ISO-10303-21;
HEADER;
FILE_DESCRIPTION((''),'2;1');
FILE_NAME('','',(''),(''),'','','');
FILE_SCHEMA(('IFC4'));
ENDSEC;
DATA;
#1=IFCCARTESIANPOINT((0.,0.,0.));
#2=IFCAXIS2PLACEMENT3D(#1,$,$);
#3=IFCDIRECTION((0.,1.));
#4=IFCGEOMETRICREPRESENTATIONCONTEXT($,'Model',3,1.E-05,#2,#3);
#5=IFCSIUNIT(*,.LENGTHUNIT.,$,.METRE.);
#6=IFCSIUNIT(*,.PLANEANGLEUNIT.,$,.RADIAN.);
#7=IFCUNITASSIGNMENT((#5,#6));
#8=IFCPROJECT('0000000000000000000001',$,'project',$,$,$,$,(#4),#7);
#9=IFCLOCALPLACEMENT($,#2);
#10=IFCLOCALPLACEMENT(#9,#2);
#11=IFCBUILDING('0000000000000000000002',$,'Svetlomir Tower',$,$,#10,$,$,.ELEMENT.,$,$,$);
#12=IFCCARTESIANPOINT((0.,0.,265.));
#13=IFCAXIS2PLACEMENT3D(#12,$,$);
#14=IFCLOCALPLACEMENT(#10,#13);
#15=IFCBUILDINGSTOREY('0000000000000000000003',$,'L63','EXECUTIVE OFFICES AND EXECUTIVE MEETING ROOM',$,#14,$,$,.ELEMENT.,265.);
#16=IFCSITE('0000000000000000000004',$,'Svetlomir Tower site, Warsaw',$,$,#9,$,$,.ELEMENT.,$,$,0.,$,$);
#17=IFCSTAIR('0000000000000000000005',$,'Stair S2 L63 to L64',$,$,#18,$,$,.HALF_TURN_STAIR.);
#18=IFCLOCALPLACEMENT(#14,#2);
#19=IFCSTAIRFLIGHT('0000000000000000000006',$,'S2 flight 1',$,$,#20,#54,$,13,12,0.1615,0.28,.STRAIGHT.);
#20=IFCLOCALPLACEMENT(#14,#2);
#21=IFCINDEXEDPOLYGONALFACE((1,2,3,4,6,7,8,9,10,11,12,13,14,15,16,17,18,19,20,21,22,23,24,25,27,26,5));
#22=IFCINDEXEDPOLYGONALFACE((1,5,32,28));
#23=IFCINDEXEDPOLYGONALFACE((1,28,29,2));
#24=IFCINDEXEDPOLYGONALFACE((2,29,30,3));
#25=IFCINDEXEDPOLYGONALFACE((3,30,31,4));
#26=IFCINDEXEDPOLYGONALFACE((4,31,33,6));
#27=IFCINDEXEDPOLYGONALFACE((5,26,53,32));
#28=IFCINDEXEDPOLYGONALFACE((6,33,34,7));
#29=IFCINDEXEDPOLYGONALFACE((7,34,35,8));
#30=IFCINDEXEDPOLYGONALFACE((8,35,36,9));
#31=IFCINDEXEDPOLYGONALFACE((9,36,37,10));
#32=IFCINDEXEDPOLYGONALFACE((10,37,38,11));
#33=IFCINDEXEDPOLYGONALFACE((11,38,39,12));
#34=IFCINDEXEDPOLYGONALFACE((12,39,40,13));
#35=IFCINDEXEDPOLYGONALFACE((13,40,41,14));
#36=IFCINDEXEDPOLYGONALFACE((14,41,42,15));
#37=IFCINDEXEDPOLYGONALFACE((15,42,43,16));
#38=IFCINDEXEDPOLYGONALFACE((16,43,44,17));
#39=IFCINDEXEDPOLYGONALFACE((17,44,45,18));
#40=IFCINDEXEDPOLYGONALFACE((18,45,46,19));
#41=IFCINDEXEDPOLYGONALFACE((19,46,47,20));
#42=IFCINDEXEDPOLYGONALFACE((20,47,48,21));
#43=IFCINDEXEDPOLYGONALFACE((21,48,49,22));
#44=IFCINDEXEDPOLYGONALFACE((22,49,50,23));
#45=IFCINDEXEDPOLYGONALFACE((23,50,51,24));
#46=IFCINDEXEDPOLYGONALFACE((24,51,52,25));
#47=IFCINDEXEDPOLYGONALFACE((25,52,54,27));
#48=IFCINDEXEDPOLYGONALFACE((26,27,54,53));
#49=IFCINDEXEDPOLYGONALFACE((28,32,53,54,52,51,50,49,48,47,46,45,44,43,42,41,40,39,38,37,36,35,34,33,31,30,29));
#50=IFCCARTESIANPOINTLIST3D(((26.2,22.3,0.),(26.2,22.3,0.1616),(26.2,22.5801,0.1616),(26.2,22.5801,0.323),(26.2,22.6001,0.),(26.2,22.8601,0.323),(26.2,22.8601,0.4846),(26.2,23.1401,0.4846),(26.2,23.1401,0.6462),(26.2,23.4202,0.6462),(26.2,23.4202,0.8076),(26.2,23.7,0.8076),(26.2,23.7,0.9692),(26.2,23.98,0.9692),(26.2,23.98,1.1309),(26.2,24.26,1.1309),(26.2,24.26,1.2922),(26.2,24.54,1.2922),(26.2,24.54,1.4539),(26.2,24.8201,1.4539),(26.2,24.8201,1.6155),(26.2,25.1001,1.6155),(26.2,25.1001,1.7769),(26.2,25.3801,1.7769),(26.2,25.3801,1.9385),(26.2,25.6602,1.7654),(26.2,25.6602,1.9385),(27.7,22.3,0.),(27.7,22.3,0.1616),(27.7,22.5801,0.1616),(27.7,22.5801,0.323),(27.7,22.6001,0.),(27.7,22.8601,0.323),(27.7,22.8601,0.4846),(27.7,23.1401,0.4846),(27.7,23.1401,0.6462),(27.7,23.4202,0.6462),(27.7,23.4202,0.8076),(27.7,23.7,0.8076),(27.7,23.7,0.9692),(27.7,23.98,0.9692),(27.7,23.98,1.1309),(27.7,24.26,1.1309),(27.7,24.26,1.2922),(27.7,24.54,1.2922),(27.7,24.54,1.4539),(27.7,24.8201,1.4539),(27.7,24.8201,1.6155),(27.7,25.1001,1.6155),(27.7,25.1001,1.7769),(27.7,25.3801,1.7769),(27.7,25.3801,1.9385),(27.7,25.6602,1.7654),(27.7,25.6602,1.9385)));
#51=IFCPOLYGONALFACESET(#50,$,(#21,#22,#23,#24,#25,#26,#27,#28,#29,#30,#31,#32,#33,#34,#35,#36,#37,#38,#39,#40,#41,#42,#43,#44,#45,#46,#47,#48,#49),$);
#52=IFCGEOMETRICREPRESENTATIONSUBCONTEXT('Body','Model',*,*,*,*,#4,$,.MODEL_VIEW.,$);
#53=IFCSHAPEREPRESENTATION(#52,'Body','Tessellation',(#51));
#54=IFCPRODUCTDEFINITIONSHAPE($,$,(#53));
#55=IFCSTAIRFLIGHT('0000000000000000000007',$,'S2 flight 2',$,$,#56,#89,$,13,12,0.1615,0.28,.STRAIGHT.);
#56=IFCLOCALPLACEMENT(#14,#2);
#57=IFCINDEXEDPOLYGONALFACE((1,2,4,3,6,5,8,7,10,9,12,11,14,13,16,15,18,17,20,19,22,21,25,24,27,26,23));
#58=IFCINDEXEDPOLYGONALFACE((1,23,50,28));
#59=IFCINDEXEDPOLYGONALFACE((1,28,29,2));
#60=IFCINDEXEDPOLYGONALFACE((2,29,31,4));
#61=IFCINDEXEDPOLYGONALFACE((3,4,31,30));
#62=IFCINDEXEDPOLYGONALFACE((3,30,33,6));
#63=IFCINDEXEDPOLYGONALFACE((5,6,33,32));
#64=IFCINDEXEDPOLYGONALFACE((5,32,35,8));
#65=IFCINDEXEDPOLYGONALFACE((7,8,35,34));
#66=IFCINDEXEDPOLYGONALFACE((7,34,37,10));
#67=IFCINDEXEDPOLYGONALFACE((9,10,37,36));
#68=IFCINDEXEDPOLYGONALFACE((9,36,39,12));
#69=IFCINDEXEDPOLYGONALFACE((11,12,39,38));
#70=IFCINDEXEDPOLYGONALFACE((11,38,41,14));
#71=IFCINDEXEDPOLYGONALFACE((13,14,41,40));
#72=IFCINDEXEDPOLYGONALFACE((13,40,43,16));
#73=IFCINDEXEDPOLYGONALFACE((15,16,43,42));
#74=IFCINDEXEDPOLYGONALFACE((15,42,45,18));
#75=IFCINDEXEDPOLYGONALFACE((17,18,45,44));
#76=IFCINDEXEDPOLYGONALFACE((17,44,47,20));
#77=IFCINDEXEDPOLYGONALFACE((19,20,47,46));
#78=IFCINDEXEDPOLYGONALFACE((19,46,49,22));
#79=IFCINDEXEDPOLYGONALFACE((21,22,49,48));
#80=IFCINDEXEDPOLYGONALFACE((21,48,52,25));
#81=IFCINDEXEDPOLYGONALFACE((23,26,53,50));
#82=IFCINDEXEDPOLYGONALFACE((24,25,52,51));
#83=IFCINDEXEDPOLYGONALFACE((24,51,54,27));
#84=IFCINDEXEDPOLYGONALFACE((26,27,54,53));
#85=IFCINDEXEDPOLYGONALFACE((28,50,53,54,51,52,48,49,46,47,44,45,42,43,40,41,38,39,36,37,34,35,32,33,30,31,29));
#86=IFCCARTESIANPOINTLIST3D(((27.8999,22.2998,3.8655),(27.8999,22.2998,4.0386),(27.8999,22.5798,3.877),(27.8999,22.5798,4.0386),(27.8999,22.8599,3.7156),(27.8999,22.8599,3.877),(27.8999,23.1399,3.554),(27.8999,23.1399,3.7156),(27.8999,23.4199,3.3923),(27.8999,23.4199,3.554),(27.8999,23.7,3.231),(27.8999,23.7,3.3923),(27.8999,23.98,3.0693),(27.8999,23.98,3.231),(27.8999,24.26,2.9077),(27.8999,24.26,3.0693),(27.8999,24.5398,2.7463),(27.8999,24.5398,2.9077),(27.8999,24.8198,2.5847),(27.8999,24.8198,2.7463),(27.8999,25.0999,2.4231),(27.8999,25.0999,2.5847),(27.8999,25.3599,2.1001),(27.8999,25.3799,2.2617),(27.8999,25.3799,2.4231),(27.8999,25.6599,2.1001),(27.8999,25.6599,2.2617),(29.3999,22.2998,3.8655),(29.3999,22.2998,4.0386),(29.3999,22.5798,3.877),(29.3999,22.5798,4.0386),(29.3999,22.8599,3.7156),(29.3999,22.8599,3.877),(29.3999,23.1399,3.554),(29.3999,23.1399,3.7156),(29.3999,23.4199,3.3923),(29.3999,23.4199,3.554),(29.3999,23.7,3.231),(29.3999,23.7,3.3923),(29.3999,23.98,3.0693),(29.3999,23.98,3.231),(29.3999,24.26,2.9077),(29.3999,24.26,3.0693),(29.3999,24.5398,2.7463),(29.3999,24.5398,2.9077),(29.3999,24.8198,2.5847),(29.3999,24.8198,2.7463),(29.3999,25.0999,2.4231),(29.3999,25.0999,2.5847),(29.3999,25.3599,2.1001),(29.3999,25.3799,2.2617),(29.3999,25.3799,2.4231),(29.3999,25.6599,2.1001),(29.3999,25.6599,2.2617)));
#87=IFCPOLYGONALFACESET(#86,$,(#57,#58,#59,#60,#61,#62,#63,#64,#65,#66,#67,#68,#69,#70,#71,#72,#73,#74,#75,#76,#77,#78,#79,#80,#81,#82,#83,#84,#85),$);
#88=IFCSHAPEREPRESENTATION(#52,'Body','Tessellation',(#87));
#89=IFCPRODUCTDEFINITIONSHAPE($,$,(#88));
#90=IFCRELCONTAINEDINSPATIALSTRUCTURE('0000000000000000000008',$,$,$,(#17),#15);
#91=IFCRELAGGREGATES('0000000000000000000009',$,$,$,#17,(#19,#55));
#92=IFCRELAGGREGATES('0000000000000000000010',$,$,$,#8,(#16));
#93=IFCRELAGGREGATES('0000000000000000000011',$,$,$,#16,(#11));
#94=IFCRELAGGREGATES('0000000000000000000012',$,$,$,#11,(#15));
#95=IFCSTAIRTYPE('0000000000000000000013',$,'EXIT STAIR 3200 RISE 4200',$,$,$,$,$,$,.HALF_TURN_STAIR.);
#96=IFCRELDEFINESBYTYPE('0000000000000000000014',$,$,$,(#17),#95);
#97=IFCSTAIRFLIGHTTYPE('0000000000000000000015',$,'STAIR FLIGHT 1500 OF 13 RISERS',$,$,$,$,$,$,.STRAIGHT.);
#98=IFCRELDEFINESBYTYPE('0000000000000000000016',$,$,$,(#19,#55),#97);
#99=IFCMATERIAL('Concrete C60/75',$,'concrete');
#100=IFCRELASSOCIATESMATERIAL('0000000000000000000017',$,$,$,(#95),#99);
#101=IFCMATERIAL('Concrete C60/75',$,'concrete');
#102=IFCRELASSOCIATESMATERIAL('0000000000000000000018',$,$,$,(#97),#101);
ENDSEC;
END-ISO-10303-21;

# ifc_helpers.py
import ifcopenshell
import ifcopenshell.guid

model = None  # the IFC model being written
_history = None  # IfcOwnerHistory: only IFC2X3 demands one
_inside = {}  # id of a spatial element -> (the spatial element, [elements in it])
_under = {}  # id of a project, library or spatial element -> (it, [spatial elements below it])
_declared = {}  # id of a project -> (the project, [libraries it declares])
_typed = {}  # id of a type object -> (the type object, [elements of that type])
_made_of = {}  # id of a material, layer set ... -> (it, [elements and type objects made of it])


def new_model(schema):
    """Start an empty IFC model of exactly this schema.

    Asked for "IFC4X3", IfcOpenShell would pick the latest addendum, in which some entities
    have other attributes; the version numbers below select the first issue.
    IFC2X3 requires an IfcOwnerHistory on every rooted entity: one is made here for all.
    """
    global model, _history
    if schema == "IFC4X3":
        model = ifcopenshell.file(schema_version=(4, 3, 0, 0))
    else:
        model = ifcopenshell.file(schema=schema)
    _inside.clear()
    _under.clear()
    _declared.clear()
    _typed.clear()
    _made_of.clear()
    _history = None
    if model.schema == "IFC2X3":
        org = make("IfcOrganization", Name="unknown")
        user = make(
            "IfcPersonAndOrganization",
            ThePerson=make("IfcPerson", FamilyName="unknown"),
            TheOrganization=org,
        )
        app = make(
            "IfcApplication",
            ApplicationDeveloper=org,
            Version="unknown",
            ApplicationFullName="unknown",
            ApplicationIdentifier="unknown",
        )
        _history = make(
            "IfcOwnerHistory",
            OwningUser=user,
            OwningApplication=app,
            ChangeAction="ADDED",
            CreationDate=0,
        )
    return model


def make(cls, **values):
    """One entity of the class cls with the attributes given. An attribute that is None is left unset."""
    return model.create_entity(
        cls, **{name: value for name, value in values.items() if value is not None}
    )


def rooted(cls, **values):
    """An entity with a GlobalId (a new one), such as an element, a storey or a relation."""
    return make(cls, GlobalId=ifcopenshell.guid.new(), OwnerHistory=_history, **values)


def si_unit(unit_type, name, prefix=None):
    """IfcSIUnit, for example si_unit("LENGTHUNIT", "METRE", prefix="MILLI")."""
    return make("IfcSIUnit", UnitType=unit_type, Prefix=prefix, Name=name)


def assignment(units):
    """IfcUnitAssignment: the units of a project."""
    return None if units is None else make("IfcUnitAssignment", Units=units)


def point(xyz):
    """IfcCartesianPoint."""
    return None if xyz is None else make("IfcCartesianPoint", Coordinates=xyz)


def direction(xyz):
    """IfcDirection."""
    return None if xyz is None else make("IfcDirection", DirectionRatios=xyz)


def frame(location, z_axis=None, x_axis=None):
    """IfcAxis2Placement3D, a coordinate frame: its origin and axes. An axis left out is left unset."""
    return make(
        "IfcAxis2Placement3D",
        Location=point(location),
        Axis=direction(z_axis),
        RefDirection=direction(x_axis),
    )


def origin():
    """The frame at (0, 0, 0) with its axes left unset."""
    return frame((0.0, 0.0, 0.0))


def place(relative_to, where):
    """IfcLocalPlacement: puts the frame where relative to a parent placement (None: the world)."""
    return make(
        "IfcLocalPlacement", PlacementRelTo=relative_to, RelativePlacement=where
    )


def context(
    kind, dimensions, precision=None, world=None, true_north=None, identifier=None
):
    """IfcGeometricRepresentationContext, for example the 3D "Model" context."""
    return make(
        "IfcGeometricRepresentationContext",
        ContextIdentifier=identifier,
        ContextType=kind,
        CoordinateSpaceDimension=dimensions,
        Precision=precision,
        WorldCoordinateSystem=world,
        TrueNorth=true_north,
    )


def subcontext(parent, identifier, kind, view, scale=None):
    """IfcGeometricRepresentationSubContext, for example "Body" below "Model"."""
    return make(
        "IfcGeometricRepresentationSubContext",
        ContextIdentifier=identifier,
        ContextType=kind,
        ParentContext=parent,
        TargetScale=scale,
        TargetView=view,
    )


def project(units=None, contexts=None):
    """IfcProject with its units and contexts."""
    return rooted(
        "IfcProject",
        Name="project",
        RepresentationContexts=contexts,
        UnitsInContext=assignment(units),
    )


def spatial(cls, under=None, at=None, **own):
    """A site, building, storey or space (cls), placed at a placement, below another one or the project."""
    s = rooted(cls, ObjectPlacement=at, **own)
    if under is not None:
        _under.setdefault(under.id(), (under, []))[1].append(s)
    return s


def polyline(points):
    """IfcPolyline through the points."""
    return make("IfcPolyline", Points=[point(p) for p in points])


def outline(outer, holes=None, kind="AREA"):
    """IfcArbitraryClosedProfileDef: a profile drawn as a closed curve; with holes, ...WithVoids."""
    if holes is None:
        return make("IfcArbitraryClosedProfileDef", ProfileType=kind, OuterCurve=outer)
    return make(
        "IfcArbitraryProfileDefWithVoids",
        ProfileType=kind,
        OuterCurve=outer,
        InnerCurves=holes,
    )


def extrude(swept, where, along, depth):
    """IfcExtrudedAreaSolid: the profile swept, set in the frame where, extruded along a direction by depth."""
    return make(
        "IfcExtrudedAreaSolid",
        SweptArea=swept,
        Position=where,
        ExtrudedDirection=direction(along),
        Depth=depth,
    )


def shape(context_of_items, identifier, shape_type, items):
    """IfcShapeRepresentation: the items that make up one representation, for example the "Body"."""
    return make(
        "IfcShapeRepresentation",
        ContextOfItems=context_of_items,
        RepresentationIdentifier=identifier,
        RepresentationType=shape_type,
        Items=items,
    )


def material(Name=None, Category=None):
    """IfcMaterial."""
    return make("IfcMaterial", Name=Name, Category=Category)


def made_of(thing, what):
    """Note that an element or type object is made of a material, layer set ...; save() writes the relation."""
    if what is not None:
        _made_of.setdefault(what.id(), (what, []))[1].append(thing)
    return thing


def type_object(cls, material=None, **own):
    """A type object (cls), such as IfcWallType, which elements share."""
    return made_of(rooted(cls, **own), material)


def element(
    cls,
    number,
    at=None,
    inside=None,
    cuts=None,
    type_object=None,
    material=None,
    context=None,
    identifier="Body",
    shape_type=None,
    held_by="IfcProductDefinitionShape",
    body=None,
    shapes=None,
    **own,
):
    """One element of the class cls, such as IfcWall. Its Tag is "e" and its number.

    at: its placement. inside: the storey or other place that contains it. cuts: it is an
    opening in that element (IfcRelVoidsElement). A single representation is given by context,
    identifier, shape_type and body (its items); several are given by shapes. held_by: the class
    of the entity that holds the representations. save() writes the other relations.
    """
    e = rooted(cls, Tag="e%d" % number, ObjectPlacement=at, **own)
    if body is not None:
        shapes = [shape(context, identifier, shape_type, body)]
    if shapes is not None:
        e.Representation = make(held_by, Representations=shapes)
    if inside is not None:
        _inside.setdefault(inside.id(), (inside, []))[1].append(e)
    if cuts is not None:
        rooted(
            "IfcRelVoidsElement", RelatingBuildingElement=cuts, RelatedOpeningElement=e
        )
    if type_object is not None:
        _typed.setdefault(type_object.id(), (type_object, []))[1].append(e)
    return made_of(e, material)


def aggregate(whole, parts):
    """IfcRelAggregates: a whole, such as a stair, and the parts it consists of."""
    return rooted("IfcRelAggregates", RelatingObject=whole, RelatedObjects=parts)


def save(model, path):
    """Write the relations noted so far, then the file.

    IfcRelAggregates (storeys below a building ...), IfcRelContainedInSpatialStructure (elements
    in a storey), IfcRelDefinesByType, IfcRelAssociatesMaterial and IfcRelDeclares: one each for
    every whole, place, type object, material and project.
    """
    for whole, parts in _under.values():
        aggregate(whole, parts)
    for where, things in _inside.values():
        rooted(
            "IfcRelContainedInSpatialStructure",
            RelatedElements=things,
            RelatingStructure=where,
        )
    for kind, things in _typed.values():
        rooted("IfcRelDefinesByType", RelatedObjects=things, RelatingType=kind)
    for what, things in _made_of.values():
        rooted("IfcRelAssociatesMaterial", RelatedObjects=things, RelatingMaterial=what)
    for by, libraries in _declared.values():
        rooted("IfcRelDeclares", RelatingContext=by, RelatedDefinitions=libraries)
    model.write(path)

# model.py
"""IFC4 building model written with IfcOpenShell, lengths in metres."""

from ifc_helpers import new_model, si_unit, direction, frame, origin, place, context, subcontext, project, spatial, polyline, outline, extrude, material, type_object, element, aggregate, save


model = new_model("IFC4")

# Units and contexts
model_context = context("Model", 3, precision=1e-05, world=origin(), true_north=direction((0.0, 1.0)))
body_context = subcontext(model_context, "Body", "Model", "MODEL_VIEW")
ifc_project = project(units=[si_unit("LENGTHUNIT", "METRE"), si_unit("PLANEANGLEUNIT", "RADIAN")], contexts=[model_context])

# Site, building, storey
site_placement = place(None, origin())
site = spatial("IfcSite", under=ifc_project, at=site_placement, Name="Svetlomir Tower site, Warsaw", CompositionType="ELEMENT", RefElevation=0.0)
building_placement = place(site_placement, origin())
building = spatial("IfcBuilding", under=site, at=building_placement, Name="Svetlomir Tower", CompositionType="ELEMENT")
storey_placement = place(building_placement, frame((0.0, 0.0, 265.0)))
storey = spatial("IfcBuildingStorey", under=building, at=storey_placement, Name="L63", Description="EXECUTIVE OFFICES AND EXECUTIVE MEETING ROOM", CompositionType="ELEMENT", Elevation=265.0)

# Stair, stair flights
ifc_material_1 = material(Name="Concrete C60/75", Category="concrete")
stair_type = type_object("IfcStairType", Name="EXIT STAIR 3200 RISE 4200", PredefinedType="HALF_TURN_STAIR", material=ifc_material_1)
stair_placement = place(storey_placement, origin())
stair = element("IfcStair", 1, at=stair_placement, inside=storey, type_object=stair_type, Name="Stair S2 L63 to L64", PredefinedType="HALF_TURN_STAIR")
ifc_material_2 = material(Name="Concrete C60/75", Category="concrete")
stair_flight_type = type_object("IfcStairFlightType", Name="STAIR FLIGHT 1500 OF 13 RISERS", PredefinedType="STRAIGHT", material=ifc_material_2)
stair_flight_1_placement = place(storey_placement, frame((26.95, 22.3, 0.0), z_axis=(0.0, 0.0, 1.0), x_axis=(0.0, 1.0, 0.0)))
stair_flight_1 = element("IfcStairFlight", 2, at=stair_flight_1_placement, type_object=stair_flight_type, Name="S2 flight 1", NumberOfRisers=13, NumberOfTreads=12, PredefinedType="STRAIGHT", RiserHeight=0.1615, TreadLength=0.28, context=body_context, shape_type="SweptSolid", body=[
    extrude(outline(polyline([(0.0, 0.0), (0.0, 0.1616), (0.28, 0.1616), (0.28, 0.323), (0.5601, 0.323), (0.5601, 0.4846), (0.8401, 0.4846), (0.8401, 0.6462), (1.1201, 0.6462), (1.1201, 0.8076), (1.3999, 0.8076), (1.3999, 0.9692), (1.6799, 0.9692), (1.6799, 1.1309), (1.96, 1.1309), (1.96, 1.2922), (2.24, 1.2922), (2.24, 1.4539), (2.52, 1.4539), (2.52, 1.6155), (2.8, 1.6155), (2.8, 1.7769), (3.0801, 1.7769), (3.0801, 1.9385), (3.3601, 1.9385), (3.3601, 2.1001), (3.3601, 1.7654), (0.3, 0.0), (0.0, 0.0)])), frame((0.0, 0.75, 0.0), z_axis=(0.0, -1.0, 0.0), x_axis=(1.0, 0.0, 0.0)), (0.0, 0.0, 1.0), 1.5),
])
stair_flight_2_placement = place(storey_placement, frame((28.6499, 25.6599, 2.1001), z_axis=(0.0, 0.0, 1.0), x_axis=(0.0, -1.0, 0.0)))
stair_flight_2 = element("IfcStairFlight", 3, at=stair_flight_2_placement, type_object=stair_flight_type, Name="S2 flight 2", NumberOfRisers=13, NumberOfTreads=12, PredefinedType="STRAIGHT", RiserHeight=0.1615, TreadLength=0.28, context=body_context, shape_type="SweptSolid", body=[
    extrude(outline(polyline([(0.0, 0.0), (0.0, 0.1616), (0.28, 0.1616), (0.28, 0.323), (0.5601, 0.323), (0.5601, 0.4846), (0.8401, 0.4846), (0.8401, 0.6462), (1.1201, 0.6462), (1.1201, 0.8076), (1.3999, 0.8076), (1.3999, 0.9692), (1.6799, 0.9692), (1.6799, 1.1309), (1.96, 1.1309), (1.96, 1.2922), (2.24, 1.2922), (2.24, 1.4539), (2.52, 1.4539), (2.52, 1.6155), (2.8, 1.6155), (2.8, 1.7769), (3.0801, 1.7769), (3.0801, 1.9385), (3.3601, 1.9385), (3.3601, 2.1001), (3.3601, 1.7654), (0.3, 0.0), (0.0, 0.0)])), frame((0.0, 0.75, 0.0), z_axis=(0.0, -1.0, 0.0), x_axis=(1.0, 0.0, 0.0)), (0.0, 0.0, 1.0), 1.5),
])
aggregate(stair, [stair_flight_1, stair_flight_2])

save(model, "model.ifc")
